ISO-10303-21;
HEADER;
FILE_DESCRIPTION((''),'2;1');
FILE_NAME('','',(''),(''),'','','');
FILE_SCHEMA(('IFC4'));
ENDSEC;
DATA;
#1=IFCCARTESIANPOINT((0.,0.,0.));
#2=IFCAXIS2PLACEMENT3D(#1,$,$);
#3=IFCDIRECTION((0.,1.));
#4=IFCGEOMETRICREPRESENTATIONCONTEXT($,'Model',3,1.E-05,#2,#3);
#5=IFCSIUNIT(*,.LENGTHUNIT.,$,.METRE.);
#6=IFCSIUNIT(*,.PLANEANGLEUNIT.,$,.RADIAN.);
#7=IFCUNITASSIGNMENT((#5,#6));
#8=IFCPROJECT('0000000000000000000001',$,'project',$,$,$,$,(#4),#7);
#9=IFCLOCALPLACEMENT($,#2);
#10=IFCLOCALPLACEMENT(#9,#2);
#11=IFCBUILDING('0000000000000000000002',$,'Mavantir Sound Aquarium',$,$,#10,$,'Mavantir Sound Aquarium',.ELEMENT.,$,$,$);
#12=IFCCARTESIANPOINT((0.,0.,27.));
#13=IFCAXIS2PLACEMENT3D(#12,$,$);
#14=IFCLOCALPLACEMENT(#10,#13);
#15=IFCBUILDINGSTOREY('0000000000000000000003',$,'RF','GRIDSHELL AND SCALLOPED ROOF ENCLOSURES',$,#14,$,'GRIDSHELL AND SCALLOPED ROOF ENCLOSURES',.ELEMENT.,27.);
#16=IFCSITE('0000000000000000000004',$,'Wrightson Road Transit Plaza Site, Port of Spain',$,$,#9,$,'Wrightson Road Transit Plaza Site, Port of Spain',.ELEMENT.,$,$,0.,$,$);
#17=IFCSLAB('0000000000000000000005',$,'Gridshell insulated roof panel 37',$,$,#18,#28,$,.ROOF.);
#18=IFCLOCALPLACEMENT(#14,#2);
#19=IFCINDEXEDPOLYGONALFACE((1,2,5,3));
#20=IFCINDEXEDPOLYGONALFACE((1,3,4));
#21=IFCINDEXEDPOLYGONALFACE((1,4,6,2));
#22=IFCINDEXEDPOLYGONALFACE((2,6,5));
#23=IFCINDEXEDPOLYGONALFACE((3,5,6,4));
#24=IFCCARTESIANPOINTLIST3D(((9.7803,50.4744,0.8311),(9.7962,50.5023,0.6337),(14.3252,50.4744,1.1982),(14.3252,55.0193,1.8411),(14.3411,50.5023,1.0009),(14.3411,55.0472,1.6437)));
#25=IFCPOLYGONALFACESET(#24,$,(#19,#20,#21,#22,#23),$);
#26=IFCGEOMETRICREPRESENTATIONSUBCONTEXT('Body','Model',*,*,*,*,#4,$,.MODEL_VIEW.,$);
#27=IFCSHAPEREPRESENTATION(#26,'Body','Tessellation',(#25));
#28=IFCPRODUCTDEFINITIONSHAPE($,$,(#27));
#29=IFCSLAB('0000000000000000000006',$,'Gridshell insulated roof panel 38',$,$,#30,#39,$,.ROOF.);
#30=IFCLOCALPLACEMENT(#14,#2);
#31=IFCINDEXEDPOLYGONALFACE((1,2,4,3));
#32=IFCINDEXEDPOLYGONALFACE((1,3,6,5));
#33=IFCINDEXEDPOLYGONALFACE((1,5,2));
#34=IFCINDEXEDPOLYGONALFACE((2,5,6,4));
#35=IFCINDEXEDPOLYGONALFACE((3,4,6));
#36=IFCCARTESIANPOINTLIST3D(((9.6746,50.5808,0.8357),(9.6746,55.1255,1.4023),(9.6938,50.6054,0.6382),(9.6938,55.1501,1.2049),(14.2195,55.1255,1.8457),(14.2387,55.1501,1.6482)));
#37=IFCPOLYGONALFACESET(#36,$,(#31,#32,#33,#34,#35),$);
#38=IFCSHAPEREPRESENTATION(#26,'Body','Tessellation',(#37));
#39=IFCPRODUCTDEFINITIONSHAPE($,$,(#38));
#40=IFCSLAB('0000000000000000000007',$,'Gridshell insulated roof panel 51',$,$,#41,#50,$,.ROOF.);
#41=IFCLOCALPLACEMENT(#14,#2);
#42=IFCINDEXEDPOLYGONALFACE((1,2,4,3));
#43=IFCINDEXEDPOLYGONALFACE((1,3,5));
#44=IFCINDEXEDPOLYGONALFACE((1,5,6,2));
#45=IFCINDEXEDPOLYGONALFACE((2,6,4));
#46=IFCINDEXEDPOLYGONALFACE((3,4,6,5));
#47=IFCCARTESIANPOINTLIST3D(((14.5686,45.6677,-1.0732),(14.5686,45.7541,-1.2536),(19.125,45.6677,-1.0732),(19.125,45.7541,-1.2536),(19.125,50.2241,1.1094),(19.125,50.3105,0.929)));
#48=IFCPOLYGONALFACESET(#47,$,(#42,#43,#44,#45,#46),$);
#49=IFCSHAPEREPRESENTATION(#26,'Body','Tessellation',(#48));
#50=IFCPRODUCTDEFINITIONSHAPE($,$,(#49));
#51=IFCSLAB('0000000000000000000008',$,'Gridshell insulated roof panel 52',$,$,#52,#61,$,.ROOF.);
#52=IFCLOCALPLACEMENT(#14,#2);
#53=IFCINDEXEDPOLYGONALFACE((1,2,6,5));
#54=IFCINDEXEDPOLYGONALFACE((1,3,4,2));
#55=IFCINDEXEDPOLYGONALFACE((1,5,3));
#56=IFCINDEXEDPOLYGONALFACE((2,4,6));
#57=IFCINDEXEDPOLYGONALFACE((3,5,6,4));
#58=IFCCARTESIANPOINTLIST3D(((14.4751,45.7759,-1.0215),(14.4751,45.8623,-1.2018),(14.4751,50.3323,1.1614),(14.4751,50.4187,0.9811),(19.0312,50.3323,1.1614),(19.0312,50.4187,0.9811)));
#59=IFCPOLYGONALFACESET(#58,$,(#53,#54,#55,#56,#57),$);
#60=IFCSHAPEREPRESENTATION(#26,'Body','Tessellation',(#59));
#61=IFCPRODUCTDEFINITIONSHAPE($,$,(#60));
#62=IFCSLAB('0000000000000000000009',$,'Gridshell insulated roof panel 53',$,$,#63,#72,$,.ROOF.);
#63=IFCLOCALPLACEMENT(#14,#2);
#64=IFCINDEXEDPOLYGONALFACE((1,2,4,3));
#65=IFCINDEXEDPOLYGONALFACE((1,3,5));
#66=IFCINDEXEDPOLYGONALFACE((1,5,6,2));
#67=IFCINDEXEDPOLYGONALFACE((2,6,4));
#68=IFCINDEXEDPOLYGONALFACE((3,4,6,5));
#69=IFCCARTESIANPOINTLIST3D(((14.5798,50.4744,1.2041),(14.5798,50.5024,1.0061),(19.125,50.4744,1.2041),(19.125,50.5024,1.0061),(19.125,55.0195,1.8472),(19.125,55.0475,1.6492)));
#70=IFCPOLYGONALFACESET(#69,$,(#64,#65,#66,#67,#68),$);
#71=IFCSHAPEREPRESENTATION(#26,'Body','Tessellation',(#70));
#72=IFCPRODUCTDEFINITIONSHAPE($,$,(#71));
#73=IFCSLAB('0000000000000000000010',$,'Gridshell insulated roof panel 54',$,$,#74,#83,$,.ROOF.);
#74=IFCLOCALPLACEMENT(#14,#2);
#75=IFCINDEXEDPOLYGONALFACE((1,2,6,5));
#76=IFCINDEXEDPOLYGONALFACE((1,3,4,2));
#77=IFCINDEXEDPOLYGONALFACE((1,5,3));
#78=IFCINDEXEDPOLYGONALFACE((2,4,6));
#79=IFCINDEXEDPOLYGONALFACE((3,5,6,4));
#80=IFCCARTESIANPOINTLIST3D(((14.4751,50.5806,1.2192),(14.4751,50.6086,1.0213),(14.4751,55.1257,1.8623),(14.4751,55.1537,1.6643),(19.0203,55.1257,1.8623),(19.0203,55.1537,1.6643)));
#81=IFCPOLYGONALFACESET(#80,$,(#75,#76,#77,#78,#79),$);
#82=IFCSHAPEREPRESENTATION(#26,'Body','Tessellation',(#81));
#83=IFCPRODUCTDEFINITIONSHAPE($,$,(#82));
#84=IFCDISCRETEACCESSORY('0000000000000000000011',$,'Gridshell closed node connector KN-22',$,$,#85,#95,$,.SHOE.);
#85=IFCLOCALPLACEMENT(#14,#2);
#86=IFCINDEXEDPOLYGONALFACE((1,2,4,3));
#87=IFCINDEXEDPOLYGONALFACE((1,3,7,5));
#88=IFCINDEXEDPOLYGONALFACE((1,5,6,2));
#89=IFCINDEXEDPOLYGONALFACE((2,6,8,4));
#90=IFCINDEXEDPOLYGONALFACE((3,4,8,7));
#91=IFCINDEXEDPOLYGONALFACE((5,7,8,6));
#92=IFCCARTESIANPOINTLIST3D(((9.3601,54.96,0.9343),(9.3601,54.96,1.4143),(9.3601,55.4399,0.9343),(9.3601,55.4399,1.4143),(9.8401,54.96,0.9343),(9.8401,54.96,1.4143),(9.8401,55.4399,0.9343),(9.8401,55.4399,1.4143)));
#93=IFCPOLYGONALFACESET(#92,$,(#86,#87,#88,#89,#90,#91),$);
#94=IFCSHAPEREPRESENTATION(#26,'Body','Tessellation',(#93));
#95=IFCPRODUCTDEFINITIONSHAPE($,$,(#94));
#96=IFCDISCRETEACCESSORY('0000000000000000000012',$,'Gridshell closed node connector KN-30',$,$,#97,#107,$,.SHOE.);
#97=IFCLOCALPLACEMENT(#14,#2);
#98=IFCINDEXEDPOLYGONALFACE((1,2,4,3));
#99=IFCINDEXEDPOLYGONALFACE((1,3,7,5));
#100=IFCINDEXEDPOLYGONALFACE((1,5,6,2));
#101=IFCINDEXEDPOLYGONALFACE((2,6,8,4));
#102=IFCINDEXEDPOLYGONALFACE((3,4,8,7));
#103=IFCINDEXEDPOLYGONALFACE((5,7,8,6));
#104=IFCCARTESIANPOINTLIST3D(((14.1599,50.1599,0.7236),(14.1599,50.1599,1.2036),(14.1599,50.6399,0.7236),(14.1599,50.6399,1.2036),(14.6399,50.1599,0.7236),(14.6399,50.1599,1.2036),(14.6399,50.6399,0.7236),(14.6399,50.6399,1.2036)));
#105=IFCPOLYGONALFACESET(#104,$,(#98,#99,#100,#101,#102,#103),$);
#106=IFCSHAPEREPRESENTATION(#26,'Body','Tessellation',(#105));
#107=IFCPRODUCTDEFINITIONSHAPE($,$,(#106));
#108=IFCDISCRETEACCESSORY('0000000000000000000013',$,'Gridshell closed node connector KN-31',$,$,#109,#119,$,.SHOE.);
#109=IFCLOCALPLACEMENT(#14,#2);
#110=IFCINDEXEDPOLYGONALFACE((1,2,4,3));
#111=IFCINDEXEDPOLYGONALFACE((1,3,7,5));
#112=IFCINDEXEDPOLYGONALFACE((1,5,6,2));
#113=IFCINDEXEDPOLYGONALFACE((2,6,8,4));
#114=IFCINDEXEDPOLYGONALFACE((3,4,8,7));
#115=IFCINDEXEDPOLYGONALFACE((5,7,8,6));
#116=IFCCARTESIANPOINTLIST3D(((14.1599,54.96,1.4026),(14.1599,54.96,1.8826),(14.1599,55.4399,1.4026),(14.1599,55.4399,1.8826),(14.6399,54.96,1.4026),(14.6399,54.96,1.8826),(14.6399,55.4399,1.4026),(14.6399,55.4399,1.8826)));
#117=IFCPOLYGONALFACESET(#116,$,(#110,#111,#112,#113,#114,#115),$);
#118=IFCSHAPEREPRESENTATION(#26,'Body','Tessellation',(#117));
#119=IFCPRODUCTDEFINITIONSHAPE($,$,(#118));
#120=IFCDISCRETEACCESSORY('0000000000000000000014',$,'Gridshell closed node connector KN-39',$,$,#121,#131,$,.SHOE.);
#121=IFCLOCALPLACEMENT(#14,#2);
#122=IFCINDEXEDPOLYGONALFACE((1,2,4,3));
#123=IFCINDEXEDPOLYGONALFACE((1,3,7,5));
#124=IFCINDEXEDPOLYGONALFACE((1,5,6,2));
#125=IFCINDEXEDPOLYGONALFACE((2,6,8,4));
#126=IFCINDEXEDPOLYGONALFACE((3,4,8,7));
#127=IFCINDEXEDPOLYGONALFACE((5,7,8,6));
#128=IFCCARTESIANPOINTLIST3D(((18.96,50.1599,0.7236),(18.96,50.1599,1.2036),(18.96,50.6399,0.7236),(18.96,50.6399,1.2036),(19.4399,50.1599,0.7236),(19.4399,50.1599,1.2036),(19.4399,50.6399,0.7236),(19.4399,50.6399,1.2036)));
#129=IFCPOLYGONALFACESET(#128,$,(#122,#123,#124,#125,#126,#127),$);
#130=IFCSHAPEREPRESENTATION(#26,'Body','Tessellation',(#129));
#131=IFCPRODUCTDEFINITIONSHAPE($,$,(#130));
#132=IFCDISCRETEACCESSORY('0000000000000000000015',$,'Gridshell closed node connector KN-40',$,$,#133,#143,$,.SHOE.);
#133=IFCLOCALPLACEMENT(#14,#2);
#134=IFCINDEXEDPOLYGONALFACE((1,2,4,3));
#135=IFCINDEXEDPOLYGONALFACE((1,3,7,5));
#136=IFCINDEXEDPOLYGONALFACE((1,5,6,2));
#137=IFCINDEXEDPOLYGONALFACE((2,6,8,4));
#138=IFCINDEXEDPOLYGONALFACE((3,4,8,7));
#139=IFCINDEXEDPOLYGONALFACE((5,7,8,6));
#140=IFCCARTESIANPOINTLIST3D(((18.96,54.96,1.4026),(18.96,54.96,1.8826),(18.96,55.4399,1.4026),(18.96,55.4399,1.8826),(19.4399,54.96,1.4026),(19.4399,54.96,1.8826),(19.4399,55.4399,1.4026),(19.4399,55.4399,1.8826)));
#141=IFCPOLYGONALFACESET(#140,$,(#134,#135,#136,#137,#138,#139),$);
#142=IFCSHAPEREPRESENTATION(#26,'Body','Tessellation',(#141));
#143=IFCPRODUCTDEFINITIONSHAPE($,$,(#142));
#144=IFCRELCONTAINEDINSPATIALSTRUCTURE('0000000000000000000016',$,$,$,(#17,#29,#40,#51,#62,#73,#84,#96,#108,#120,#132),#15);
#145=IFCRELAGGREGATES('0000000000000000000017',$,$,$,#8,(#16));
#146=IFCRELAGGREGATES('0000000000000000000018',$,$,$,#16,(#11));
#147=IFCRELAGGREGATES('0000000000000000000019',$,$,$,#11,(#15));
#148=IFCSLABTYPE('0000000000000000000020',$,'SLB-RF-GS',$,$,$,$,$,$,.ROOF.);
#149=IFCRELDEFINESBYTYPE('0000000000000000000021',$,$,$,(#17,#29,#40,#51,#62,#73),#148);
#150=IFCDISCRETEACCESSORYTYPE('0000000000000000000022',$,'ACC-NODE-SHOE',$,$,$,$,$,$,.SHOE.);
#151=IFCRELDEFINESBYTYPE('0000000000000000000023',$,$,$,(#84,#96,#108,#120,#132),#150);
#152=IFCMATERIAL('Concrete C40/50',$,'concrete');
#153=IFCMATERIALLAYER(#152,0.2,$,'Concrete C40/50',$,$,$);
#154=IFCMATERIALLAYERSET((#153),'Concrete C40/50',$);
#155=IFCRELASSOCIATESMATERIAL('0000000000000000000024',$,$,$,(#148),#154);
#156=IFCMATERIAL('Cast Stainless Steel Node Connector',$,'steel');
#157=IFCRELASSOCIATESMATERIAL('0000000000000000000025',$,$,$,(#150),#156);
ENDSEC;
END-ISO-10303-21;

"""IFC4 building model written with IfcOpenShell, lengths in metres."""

from ifc_helpers import new_model, si_unit, direction, frame, origin, origin_2d, place, context, subcontext, project, spatial, polyline, rectangle, outline, extrude, material, layer, layer_set, type_object, element, save


model = new_model("IFC4")

# Units and contexts
model_context = context("Model", 3, precision=1e-05, world=origin(), true_north=direction((0.0, 1.0)))
body_context = subcontext(model_context, "Body", "Model", "MODEL_VIEW")
ifc_project = project(units=[si_unit("LENGTHUNIT", "METRE"), si_unit("PLANEANGLEUNIT", "RADIAN")], contexts=[model_context])

# Site, building, storey
site_placement = place(None, origin())
site = spatial("IfcSite", under=ifc_project, at=site_placement, Name="Wrightson Road Transit Plaza Site, Port of Spain", LongName="Wrightson Road Transit Plaza Site, Port of Spain", CompositionType="ELEMENT", RefElevation=0.0)
building_placement = place(site_placement, origin())
building = spatial("IfcBuilding", under=site, at=building_placement, Name="Mavantir Sound Aquarium", LongName="Mavantir Sound Aquarium", CompositionType="ELEMENT")
storey_placement = place(building_placement, frame((0.0, 0.0, 27.0)))
storey = spatial("IfcBuildingStorey", under=building, at=storey_placement, Name="RF", Description="GRIDSHELL AND SCALLOPED ROOF ENCLOSURES", LongName="GRIDSHELL AND SCALLOPED ROOF ENCLOSURES", CompositionType="ELEMENT", Elevation=27.0)

# Slabs
ifc_material_1 = material(Name="Concrete C40/50", Category="concrete")
ifc_layer_1 = layer(ifc_material_1, 0.2, Name="Concrete C40/50")
ifc_layer_set_1 = layer_set([ifc_layer_1], Name="Concrete C40/50")
slab_type = type_object("IfcSlabType", Name="SLB-RF-GS", PredefinedType="ROOF", material=ifc_layer_set_1)
slab_1_placement = place(storey_placement, frame((9.7803, 50.4744, 0.8311), z_axis=(-0.07974, -0.139598, 0.986992), x_axis=(0.996752, 0.0, 0.080528)))
element("IfcSlab", 1, at=slab_1_placement, inside=storey, type_object=slab_type, Name="Gridshell insulated roof panel 37", PredefinedType="ROOF", context=body_context, shape_type="SweptSolid", body=[
    extrude(outline(polyline([(0.0, 0.0), (4.5597, 0.0), (4.6115, 4.5899), (0.0, 0.0)])), origin(), (0.0, 0.0, -1.0), 0.2),
])
slab_2_placement = place(storey_placement, frame((9.6746, 50.5808, 0.8357), z_axis=(-0.096351, -0.123151, 0.9877), x_axis=(0.698553, 0.698516, 0.155238)))
element("IfcSlab", 2, at=slab_2_placement, inside=storey, type_object=slab_type, Name="Gridshell insulated roof panel 38", PredefinedType="ROOF", context=body_context, shape_type="SweptSolid", body=[
    extrude(outline(polyline([(0.0, 0.0), (6.5062, 0.0), (3.2625, 3.2142), (0.0, 0.0)])), origin(), (0.0, 0.0, -1.0), 0.2),
])
slab_3_placement = place(storey_placement, frame((14.5686, 45.6677, -1.0732), z_axis=(0.0, -0.432015, 0.901867), x_axis=(1.0, 0.0, 0.0)))
element("IfcSlab", 3, at=slab_3_placement, inside=storey, type_object=slab_type, Name="Gridshell insulated roof panel 51", PredefinedType="ROOF", context=body_context, shape_type="SweptSolid", body=[
    extrude(outline(polyline([(0.0, 0.0), (4.5564, 0.0), (4.5564, 5.0522), (0.0, 0.0)])), origin(), (0.0, 0.0, -1.0), 0.2),
])
slab_4_placement = place(storey_placement, frame((14.4751, 45.7759, -1.0215), z_axis=(0.0, -0.432054, 0.901848), x_axis=(0.669703, 0.669739, 0.320856)))
element("IfcSlab", 4, at=slab_4_placement, inside=storey, type_object=slab_type, Name="Gridshell insulated roof panel 52", PredefinedType="ROOF", context=body_context, shape_type="SweptSolid", body=[
    extrude(outline(polyline([(0.0, 0.0), (6.8032, 0.0), (3.752, 3.3835), (0.0, 0.0)])), origin(), (0.0, 0.0, -1.0), 0.2),
])
slab_5_placement = place(storey_placement, frame((14.5798, 50.4744, 1.2041), z_axis=(0.0, -0.140088, 0.990139), x_axis=(1.0, 0.0, 0.0)))
element("IfcSlab", 5, at=slab_5_placement, inside=storey, type_object=slab_type, Name="Gridshell insulated roof panel 53", PredefinedType="ROOF", context=body_context, shape_type="SweptSolid", body=[
    extrude(outline(polyline([(0.0, 0.0), (4.5452, 0.0), (4.5452, 4.5904), (0.0, 0.0)])), origin(), (0.0, 0.0, -1.0), 0.2),
])
slab_6_placement = place(storey_placement, frame((14.4751, 50.5806, 1.2192), z_axis=(0.0, -0.140088, 0.990139), x_axis=(0.703594, 0.703594, 0.099547)))
element("IfcSlab", 6, at=slab_6_placement, inside=storey, type_object=slab_type, Name="Gridshell insulated roof panel 54", PredefinedType="ROOF", context=body_context, shape_type="SweptSolid", body=[
    extrude(outline(polyline([(0.0, 0.0), (6.4599, 0.0), (3.262, 3.2298), (0.0, 0.0)])), origin(), (0.0, 0.0, -1.0), 0.2),
])

# Discrete accessories
ifc_material_2 = material(Name="Cast Stainless Steel Node Connector", Category="steel")
discrete_accessory_type = type_object("IfcDiscreteAccessoryType", Name="ACC-NODE-SHOE", PredefinedType="SHOE", material=ifc_material_2)
for number, where, z_axis, x_axis, name in (
    (7, (9.6001, 55.2, 0.9343), (0.0, 0.0, 1.0), (1.0, 0.0, 0.0), "Gridshell closed node connector KN-22"),
    (8, (14.3999, 50.3999, 0.7236), (0.0, 0.0, 1.0), (1.0, 0.0, 0.0), "Gridshell closed node connector KN-30"),
    (9, (14.3999, 55.2, 1.4026), (0.0, 0.0, 1.0), (1.0, 0.0, 0.0), "Gridshell closed node connector KN-31"),
    (10, (19.2, 50.3999, 0.7236), (0.0, 0.0, 1.0), (1.0, 0.0, 0.0), "Gridshell closed node connector KN-39"),
    (11, (19.2, 55.2, 1.4026), (0.0, 0.0, 1.0), (1.0, 0.0, 0.0), "Gridshell closed node connector KN-40"),
):
    element("IfcDiscreteAccessory", number, at=place(storey_placement, frame(where, z_axis=z_axis, x_axis=x_axis)), inside=storey, type_object=discrete_accessory_type, Name=name, PredefinedType="SHOE", context=body_context, shape_type="SweptSolid", body=[
        extrude(rectangle(XDim=0.48, YDim=0.48, at=origin_2d()), origin(), (0.0, 0.0, 1.0), 0.48),
    ])

save(model, "model.ifc")
